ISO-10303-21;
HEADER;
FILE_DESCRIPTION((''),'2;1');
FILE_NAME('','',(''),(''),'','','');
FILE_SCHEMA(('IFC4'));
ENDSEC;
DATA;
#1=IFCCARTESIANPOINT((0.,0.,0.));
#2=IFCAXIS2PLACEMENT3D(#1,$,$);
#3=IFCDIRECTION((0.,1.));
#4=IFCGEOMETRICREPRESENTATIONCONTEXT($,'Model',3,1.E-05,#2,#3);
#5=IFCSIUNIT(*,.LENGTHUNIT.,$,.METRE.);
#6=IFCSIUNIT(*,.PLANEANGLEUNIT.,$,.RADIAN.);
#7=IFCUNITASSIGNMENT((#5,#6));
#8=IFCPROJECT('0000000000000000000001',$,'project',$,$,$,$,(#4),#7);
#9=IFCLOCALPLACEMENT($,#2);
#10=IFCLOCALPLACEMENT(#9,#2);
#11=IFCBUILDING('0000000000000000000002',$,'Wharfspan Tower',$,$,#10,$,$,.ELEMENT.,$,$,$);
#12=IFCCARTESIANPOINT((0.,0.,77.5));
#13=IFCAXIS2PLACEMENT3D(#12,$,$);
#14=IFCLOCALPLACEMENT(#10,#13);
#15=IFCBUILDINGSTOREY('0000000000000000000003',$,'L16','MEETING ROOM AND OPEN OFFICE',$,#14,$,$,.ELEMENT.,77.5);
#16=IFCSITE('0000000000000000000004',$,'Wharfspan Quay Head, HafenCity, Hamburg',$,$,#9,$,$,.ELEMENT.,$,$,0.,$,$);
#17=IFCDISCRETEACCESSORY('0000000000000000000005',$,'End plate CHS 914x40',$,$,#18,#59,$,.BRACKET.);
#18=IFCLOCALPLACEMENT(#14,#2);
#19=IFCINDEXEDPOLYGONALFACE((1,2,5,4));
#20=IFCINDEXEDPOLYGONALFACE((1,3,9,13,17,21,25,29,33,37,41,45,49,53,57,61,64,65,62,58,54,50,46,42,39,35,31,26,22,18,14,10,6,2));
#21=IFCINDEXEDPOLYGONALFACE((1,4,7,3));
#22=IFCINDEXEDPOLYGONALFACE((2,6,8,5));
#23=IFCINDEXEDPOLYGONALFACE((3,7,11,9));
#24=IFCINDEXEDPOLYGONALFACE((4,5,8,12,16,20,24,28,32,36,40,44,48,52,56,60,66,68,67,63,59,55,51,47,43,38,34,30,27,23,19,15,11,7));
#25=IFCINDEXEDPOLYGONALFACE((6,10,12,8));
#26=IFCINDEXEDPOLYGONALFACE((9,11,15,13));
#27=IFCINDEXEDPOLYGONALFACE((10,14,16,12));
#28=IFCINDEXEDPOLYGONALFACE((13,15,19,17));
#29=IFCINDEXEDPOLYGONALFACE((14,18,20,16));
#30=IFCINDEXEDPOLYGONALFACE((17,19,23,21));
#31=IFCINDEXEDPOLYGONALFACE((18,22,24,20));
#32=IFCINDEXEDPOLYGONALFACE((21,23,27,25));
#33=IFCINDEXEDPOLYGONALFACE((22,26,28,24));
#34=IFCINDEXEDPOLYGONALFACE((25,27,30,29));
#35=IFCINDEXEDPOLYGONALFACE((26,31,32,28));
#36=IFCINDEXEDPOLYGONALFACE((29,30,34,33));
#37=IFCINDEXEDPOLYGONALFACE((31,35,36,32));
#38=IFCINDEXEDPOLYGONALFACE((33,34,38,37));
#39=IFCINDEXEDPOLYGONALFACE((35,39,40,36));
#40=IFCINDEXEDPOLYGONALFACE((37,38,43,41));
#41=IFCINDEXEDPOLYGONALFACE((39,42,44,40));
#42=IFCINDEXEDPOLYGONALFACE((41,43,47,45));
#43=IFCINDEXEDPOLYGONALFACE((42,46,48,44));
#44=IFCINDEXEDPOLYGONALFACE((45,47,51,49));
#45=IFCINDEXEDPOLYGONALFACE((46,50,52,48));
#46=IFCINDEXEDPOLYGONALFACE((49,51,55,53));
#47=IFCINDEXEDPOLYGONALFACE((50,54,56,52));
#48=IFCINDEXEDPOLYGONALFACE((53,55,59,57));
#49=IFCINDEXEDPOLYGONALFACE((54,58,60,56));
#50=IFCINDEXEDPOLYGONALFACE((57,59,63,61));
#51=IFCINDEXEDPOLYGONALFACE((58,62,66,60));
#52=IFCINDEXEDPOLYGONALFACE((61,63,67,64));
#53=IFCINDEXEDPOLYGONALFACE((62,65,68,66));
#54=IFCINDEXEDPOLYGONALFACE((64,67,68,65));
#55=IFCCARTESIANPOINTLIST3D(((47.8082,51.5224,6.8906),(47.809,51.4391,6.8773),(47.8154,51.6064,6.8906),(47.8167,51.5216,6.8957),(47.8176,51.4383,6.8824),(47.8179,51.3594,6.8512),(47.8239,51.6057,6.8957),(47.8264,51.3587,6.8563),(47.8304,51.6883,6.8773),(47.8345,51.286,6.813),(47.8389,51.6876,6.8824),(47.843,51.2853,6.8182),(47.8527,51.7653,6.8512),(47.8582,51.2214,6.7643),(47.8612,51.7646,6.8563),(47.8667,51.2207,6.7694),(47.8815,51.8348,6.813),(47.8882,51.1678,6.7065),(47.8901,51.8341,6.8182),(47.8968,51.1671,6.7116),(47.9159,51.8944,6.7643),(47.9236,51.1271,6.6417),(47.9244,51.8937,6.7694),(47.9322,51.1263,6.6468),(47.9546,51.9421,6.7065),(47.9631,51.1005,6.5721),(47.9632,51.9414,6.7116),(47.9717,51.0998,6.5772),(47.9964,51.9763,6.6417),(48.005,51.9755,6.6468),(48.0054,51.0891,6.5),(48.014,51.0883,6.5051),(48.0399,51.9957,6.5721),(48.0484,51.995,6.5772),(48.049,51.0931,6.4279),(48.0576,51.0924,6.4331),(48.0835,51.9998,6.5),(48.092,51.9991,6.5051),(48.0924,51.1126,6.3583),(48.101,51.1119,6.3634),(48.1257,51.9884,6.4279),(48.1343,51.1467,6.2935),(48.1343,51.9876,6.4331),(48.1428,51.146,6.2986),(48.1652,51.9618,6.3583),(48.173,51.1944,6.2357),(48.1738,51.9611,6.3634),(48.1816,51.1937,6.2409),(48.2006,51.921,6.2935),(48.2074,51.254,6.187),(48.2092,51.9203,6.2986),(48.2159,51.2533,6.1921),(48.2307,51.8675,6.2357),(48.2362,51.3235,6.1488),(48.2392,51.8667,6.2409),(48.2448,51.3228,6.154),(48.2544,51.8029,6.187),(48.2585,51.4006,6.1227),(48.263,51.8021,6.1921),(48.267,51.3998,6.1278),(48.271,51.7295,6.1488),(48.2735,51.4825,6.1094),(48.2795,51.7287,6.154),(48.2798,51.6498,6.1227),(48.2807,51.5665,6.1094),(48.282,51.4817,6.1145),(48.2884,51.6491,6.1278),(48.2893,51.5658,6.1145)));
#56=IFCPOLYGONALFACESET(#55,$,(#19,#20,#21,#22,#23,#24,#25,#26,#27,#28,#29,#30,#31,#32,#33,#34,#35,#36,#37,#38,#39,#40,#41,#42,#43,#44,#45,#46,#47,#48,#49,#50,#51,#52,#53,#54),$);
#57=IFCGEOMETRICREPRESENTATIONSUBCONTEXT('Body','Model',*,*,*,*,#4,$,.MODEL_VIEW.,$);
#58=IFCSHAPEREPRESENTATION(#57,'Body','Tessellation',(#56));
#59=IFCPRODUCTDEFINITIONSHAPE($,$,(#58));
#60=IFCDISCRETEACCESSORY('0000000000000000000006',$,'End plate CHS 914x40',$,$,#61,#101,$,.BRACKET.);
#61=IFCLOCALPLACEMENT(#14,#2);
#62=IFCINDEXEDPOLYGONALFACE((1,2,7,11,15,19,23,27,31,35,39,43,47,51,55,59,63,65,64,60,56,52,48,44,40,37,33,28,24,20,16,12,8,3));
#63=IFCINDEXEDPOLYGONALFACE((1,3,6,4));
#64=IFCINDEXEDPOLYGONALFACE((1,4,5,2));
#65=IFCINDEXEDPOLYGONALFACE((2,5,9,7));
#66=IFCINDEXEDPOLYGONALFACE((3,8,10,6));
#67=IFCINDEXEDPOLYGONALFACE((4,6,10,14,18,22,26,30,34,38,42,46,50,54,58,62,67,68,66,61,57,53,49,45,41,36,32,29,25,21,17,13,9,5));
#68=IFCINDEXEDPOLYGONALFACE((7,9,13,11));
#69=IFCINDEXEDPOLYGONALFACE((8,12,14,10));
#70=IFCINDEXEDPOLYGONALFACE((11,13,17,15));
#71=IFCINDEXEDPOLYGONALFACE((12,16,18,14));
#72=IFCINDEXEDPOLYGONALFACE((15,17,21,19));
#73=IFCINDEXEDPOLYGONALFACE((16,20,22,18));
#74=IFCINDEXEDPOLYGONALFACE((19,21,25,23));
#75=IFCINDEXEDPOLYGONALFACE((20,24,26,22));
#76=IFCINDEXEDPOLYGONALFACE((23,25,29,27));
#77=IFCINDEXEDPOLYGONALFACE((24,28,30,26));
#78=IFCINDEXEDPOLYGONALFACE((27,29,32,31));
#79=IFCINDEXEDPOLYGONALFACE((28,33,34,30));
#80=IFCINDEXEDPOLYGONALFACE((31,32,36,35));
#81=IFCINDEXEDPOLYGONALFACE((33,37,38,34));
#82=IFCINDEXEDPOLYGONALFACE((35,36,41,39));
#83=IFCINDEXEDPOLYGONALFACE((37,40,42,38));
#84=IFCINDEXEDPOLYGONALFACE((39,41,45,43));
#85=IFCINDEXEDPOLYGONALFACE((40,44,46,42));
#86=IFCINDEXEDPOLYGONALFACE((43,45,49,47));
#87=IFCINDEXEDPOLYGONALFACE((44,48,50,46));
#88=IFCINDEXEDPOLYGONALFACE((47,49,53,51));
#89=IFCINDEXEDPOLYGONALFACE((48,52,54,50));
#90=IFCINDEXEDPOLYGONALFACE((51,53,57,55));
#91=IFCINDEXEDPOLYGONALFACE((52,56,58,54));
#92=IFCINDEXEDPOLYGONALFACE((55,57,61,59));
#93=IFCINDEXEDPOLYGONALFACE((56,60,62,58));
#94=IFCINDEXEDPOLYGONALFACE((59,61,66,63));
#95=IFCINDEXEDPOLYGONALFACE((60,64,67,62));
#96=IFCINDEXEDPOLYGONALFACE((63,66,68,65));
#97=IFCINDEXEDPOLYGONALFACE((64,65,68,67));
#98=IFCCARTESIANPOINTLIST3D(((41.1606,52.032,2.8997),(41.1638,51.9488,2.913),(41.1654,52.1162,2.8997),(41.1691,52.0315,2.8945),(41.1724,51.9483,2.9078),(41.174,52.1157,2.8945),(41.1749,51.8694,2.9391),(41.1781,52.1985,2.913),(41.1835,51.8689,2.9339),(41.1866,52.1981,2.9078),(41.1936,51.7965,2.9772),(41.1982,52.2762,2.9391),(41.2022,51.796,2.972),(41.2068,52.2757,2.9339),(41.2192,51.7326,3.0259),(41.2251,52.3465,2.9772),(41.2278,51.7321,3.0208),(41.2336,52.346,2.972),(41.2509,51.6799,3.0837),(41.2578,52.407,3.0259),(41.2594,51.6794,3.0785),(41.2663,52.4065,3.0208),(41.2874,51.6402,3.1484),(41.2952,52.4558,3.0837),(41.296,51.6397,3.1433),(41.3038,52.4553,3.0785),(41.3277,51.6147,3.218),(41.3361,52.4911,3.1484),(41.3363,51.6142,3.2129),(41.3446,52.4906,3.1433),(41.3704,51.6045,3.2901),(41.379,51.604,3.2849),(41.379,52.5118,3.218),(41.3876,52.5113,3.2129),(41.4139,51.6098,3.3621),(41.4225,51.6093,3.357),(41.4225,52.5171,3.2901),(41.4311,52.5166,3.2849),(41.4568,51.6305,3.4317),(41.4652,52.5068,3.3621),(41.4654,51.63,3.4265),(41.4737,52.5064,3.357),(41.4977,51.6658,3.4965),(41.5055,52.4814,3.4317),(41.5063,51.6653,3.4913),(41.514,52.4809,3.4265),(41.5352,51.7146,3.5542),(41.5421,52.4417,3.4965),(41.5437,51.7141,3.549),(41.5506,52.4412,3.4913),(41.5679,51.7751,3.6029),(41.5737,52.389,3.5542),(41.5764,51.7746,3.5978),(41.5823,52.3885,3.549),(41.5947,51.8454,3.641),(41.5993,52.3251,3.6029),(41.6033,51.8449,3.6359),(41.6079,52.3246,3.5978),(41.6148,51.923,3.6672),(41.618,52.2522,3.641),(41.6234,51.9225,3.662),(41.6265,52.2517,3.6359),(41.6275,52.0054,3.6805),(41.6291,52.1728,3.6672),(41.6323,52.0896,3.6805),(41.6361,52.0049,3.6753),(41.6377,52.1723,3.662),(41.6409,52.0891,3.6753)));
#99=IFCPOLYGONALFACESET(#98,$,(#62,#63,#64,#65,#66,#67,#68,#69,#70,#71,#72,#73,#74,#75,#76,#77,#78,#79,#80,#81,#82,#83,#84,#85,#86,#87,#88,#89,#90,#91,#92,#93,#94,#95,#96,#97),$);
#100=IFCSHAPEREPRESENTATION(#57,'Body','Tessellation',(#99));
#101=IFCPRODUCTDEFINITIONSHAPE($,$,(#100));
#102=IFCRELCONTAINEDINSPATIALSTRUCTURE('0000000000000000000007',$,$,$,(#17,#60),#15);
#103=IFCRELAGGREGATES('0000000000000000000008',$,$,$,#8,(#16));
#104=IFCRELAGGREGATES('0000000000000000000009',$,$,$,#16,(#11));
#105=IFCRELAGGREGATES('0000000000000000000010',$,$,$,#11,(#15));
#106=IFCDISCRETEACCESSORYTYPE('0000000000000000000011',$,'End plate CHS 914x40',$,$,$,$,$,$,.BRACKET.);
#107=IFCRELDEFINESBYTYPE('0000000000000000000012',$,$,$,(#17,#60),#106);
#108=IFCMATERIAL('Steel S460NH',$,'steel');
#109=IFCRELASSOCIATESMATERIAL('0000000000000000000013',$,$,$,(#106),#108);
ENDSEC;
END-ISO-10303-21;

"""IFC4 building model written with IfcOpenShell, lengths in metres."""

from ifc_helpers import new_model, si_unit, direction, frame, origin, origin_2d, place, context, subcontext, project, spatial, circle, extrude, material, material_profile, profile_set, type_object, element, save


model = new_model("IFC4")

# Units and contexts
model_context = context("Model", 3, precision=1e-05, world=origin(), true_north=direction((0.0, 1.0)))
body_context = subcontext(model_context, "Body", "Model", "MODEL_VIEW")
ifc_project = project(units=[si_unit("LENGTHUNIT", "METRE"), si_unit("PLANEANGLEUNIT", "RADIAN")], contexts=[model_context])

# Site, building, storey
site_placement = place(None, origin())
site = spatial("IfcSite", under=ifc_project, at=site_placement, Name="Wharfspan Quay Head, HafenCity, Hamburg", CompositionType="ELEMENT", RefElevation=0.0)
building_placement = place(site_placement, origin())
building = spatial("IfcBuilding", under=site, at=building_placement, Name="Wharfspan Tower", CompositionType="ELEMENT")
storey_placement = place(building_placement, frame((0.0, 0.0, 77.5)))
storey = spatial("IfcBuildingStorey", under=building, at=storey_placement, Name="L16", Description="MEETING ROOM AND OPEN OFFICE", CompositionType="ELEMENT", Elevation=77.5)

# Shared definitions
ifc_material_1 = material(Name="Steel S460NH", Category="steel")

# Discrete accessories
ifc_material_profile_1 = material_profile(ifc_material_1, circle(Radius=0.457, at=origin_2d()))
ifc_profile_set_1 = profile_set([ifc_material_profile_1], Name="Steel S460NH")
discrete_accessory_type = type_object("IfcDiscreteAccessoryType", Name="End plate CHS 914x40", PredefinedType="BRACKET", material=ifc_profile_set_1)
for number, where, z_axis, x_axis, name in (
    (1, (48.0444, 51.5444, 6.5), (0.855186, -0.073302, 0.513112), (0.085402, 0.996345, -0.000001), "End plate CHS 914x40"),
    (2, (41.405, 52.0603, 3.2849), (-0.856465, 0.048941, 0.513879), (-0.05705, -0.998372, 0.0), "End plate CHS 914x40"),
):
    element("IfcDiscreteAccessory", number, at=place(storey_placement, frame(where, z_axis=z_axis, x_axis=x_axis)), inside=storey, type_object=discrete_accessory_type, Name=name, PredefinedType="BRACKET", context=body_context, shape_type="SweptSolid", body=[
        extrude(circle(Radius=0.457, at=origin_2d()), origin(), (0.0, 0.0, 1.0), 0.01),
    ])

save(model, "model.ifc")
